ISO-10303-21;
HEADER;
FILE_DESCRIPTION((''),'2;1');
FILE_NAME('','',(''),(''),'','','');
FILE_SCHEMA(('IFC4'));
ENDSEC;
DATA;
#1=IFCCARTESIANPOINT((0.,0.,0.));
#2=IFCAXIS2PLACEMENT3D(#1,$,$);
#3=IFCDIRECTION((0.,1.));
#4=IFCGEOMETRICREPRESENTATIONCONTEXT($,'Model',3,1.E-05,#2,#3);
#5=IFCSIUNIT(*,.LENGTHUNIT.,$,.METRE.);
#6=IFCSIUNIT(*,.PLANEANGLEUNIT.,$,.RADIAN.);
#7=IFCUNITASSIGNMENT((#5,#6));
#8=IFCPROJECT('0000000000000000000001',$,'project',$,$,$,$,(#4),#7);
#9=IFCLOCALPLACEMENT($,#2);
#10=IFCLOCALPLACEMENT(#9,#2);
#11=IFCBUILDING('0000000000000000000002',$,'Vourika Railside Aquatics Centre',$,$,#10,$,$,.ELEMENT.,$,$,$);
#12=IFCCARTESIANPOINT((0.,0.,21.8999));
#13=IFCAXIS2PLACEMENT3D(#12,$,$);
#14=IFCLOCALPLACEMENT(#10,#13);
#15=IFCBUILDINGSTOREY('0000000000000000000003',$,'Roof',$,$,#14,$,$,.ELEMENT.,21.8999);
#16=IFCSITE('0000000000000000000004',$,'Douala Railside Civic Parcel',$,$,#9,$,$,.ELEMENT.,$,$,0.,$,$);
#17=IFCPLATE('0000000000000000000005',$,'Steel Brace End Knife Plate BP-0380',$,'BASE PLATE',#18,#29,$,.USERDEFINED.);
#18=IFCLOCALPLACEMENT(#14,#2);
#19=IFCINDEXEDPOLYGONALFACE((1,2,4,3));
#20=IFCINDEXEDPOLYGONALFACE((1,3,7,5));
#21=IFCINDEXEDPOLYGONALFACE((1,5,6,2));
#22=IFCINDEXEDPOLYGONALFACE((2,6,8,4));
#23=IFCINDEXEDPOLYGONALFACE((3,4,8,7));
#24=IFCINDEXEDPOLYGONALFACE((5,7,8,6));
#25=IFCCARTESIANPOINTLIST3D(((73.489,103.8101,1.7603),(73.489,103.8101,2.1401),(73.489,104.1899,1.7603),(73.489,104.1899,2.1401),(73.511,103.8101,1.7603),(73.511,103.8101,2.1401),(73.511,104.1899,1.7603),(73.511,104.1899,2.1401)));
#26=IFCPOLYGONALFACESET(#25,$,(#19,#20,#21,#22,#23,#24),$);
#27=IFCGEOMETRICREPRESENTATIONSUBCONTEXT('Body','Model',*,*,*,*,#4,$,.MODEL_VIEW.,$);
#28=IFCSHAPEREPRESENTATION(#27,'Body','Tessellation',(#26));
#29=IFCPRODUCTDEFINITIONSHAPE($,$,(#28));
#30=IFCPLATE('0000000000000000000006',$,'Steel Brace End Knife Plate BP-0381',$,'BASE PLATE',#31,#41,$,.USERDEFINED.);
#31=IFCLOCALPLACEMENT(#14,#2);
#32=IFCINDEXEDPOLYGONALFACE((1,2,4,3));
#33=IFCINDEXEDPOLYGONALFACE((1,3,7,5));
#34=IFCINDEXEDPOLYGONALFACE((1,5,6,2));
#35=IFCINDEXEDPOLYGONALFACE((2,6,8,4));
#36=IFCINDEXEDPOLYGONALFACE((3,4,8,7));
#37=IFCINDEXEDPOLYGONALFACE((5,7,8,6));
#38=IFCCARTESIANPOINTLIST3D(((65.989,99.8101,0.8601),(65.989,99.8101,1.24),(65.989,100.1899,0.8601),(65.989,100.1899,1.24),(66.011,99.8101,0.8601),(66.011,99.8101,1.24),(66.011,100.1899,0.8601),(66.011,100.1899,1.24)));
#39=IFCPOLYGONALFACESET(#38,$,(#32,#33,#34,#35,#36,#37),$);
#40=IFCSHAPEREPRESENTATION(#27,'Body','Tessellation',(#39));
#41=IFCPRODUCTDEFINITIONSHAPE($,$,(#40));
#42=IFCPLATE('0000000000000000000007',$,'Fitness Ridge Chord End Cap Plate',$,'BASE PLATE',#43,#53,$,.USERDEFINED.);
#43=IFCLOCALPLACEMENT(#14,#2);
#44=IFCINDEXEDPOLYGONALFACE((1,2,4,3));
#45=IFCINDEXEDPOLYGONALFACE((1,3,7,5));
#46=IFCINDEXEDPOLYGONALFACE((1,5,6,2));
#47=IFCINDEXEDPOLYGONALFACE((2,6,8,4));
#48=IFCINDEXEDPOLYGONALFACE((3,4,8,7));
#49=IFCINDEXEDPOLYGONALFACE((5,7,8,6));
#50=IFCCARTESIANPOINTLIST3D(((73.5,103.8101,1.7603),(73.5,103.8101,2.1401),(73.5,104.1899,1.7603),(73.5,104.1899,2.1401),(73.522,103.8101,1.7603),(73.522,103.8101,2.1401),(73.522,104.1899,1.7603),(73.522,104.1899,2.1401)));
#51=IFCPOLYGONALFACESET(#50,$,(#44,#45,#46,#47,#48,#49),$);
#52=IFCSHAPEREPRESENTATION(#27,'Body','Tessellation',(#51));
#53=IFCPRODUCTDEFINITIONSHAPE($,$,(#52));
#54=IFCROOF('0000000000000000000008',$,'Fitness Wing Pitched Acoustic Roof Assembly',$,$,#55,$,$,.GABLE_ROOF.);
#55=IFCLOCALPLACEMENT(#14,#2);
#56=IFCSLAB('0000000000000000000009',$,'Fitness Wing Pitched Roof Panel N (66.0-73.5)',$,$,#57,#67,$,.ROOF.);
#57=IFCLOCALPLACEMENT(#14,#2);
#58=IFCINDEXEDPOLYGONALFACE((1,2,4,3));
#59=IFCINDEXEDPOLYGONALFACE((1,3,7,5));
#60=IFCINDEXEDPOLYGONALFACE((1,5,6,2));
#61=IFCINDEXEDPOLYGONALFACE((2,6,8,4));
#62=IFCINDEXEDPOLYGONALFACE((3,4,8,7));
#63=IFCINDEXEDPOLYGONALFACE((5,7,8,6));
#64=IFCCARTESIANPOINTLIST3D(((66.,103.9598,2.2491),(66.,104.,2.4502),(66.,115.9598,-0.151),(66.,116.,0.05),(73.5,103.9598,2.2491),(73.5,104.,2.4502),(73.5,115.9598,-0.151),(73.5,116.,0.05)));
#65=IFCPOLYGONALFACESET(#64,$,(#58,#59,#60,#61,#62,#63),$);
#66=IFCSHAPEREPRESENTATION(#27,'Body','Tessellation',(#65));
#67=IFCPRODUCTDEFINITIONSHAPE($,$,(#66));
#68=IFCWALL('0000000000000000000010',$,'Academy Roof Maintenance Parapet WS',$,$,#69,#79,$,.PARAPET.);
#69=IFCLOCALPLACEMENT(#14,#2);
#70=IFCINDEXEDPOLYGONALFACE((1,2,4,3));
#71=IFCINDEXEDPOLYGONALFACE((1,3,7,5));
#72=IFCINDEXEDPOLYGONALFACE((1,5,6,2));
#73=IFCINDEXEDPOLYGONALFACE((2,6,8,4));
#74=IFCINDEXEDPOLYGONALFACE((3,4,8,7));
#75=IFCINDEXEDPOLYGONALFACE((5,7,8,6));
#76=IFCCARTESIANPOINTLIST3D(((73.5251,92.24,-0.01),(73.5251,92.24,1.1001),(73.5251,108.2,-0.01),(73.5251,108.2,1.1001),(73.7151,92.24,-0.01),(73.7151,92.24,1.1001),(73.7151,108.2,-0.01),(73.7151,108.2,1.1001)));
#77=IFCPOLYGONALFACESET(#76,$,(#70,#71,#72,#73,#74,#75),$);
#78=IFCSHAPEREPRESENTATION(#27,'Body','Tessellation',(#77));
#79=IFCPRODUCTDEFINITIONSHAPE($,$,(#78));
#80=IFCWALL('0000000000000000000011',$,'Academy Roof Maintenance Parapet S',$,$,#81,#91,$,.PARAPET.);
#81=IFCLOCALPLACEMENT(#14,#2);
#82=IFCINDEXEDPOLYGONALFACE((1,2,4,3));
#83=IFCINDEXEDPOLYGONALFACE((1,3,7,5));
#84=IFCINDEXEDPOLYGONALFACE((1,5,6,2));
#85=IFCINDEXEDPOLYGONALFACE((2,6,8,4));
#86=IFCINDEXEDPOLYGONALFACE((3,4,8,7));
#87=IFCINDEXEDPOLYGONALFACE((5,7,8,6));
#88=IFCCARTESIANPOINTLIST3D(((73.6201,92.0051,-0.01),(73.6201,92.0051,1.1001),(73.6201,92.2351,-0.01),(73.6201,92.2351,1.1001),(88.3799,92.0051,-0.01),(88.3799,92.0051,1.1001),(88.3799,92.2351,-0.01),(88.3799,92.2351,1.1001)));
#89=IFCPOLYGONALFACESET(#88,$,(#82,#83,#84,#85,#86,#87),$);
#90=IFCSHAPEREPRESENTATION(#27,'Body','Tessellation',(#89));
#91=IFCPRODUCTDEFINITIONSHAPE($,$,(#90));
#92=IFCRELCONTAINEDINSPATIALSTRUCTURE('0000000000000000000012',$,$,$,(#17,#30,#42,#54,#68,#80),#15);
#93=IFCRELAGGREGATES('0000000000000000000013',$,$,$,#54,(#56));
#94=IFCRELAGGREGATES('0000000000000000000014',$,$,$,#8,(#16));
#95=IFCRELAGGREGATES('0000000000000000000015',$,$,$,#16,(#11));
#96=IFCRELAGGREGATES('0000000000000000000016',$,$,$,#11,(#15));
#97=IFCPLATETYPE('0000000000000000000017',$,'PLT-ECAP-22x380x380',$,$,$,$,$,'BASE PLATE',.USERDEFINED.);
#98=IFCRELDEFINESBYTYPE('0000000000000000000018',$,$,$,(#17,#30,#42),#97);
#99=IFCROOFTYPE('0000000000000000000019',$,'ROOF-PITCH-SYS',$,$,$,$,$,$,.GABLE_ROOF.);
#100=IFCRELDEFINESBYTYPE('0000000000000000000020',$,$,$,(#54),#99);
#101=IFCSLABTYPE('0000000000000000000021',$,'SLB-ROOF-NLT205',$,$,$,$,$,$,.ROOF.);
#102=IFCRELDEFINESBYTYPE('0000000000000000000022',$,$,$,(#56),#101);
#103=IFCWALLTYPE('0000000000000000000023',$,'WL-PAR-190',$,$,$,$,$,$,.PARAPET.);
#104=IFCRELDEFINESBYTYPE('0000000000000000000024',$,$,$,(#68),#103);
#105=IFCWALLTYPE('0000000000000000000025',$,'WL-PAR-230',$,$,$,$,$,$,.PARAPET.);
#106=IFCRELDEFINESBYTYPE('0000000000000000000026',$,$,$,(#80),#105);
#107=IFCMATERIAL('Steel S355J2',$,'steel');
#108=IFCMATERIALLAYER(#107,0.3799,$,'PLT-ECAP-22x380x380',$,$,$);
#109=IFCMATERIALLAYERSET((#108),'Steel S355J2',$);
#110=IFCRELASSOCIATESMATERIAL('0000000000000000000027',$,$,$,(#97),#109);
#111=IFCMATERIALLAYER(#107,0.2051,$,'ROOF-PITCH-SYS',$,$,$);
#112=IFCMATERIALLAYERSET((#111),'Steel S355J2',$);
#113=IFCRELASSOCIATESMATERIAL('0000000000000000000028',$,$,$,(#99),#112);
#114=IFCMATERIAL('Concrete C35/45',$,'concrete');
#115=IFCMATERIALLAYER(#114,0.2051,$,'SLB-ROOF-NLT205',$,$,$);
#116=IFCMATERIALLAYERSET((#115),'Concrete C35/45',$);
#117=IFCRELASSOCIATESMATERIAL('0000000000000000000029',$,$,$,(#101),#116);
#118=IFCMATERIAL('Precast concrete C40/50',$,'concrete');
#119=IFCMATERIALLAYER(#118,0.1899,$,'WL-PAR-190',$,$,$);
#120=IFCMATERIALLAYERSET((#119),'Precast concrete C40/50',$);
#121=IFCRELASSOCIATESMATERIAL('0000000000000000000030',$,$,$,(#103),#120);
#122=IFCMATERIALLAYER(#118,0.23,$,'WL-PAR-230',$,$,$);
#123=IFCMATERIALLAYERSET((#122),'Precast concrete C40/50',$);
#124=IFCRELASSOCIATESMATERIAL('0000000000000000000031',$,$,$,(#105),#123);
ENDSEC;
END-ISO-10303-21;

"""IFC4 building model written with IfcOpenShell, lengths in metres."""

from ifc_helpers import new_model, si_unit, direction, frame, frame_2d, origin, origin_2d, place, context, subcontext, project, spatial, polyline, rectangle, outline, extrude, material, layer, layer_set, type_object, element, aggregate, save


model = new_model("IFC4")

# Units and contexts
model_context = context("Model", 3, precision=1e-05, world=origin(), true_north=direction((0.0, 1.0)))
body_context = subcontext(model_context, "Body", "Model", "MODEL_VIEW")
ifc_project = project(units=[si_unit("LENGTHUNIT", "METRE"), si_unit("PLANEANGLEUNIT", "RADIAN")], contexts=[model_context])

# Site, building, storey
site_placement = place(None, origin())
site = spatial("IfcSite", under=ifc_project, at=site_placement, Name="Douala Railside Civic Parcel", CompositionType="ELEMENT", RefElevation=0.0)
building_placement = place(site_placement, origin())
building = spatial("IfcBuilding", under=site, at=building_placement, Name="Vourika Railside Aquatics Centre", CompositionType="ELEMENT")
storey_placement = place(building_placement, frame((0.0, 0.0, 21.8999)))
storey = spatial("IfcBuildingStorey", under=building, at=storey_placement, Name="Roof", CompositionType="ELEMENT", Elevation=21.8999)

# Shared definitions
ifc_material_1 = material(Name="Steel S355J2", Category="steel")

# Plates
ifc_layer_1 = layer(ifc_material_1, 0.3799, Name="PLT-ECAP-22x380x380")
ifc_layer_set_1 = layer_set([ifc_layer_1], Name="Steel S355J2")
plate_type = type_object("IfcPlateType", Name="PLT-ECAP-22x380x380", ElementType="BASE PLATE", PredefinedType="USERDEFINED", material=ifc_layer_set_1)
for number, where, z_axis, x_axis, name in (
    (1, (73.5, 104.0, 1.7603), (0.0, 0.0, 1.0), (1.0, 0.0, 0.0), "Steel Brace End Knife Plate BP-0380"),
    (2, (66.0, 100.0, 0.8601), (0.0, 0.0, 1.0), (1.0, 0.0, 0.0), "Steel Brace End Knife Plate BP-0381"),
    (3, (73.511, 104.0, 1.7603), (0.0, 0.0, 1.0), (1.0, 0.0, 0.0), "Fitness Ridge Chord End Cap Plate"),
):
    element("IfcPlate", number, at=place(storey_placement, frame(where, z_axis=z_axis, x_axis=x_axis)), inside=storey, type_object=plate_type, Name=name, ObjectType="BASE PLATE", PredefinedType="USERDEFINED", context=body_context, shape_type="SweptSolid", body=[
        extrude(rectangle(XDim=0.022, YDim=0.3799, at=origin_2d()), origin(), (0.0, 0.0, 1.0), 0.3799),
    ])

# Roof, slab
ifc_layer_2 = layer(ifc_material_1, 0.2051, Name="ROOF-PITCH-SYS")
ifc_layer_set_2 = layer_set([ifc_layer_2], Name="Steel S355J2")
roof_type = type_object("IfcRoofType", Name="ROOF-PITCH-SYS", PredefinedType="GABLE_ROOF", material=ifc_layer_set_2)
roof_placement = place(storey_placement, origin())
roof = element("IfcRoof", 4, at=roof_placement, inside=storey, type_object=roof_type, Name="Fitness Wing Pitched Acoustic Roof Assembly", PredefinedType="GABLE_ROOF")
ifc_material_2 = material(Name="Concrete C35/45", Category="concrete")
ifc_layer_3 = layer(ifc_material_2, 0.2051, Name="SLB-ROOF-NLT205")
ifc_layer_set_3 = layer_set([ifc_layer_3], Name="Concrete C35/45")
slab_type = type_object("IfcSlabType", Name="SLB-ROOF-NLT205", PredefinedType="ROOF", material=ifc_layer_set_3)
slab_placement = place(storey_placement, frame((66.0, 104.0, 2.4502), z_axis=(0.0, 0.196128, 0.980578), x_axis=(1.0, 0.0, 0.0)))
slab = element("IfcSlab", 5, at=slab_placement, type_object=slab_type, Name="Fitness Wing Pitched Roof Panel N (66.0-73.5)", PredefinedType="ROOF", context=body_context, shape_type="SweptSolid", body=[
    extrude(outline(polyline([(0.0, 0.0), (7.5, 0.0), (7.5, 12.2377), (0.0, 12.2377), (0.0, 0.0)])), origin(), (0.0, 0.0, -1.0), 0.2051),
])
aggregate(roof, [slab])

# Walls
ifc_material_3 = material(Name="Precast concrete C40/50", Category="concrete")
ifc_layer_4 = layer(ifc_material_3, 0.1899, Name="WL-PAR-190")
ifc_layer_set_4 = layer_set([ifc_layer_4], Name="Precast concrete C40/50")
wall_type_1 = type_object("IfcWallType", Name="WL-PAR-190", PredefinedType="PARAPET", material=ifc_layer_set_4)
wall_1_placement = place(storey_placement, frame((73.6201, 92.24, -0.01), z_axis=(0.0, 0.0, 1.0), x_axis=(0.0, 1.0, 0.0)))
element("IfcWall", 6, at=wall_1_placement, inside=storey, type_object=wall_type_1, Name="Academy Roof Maintenance Parapet WS", PredefinedType="PARAPET", context=body_context, shape_type="SweptSolid", body=[
    extrude(rectangle(XDim=15.96, YDim=0.1899, at=frame_2d((7.98, 0.0))), origin(), (0.0, 0.0, 1.0), 1.1101),
])
ifc_layer_5 = layer(ifc_material_3, 0.23, Name="WL-PAR-230")
ifc_layer_set_5 = layer_set([ifc_layer_5], Name="Precast concrete C40/50")
wall_type_2 = type_object("IfcWallType", Name="WL-PAR-230", PredefinedType="PARAPET", material=ifc_layer_set_5)
wall_2_placement = place(storey_placement, frame((73.6201, 92.1201, -0.01), z_axis=(0.0, 0.0, 1.0), x_axis=(1.0, 0.0, 0.0)))
element("IfcWall", 7, at=wall_2_placement, inside=storey, type_object=wall_type_2, Name="Academy Roof Maintenance Parapet S", PredefinedType="PARAPET", context=body_context, shape_type="SweptSolid", body=[
    extrude(rectangle(XDim=14.7598, YDim=0.23, at=frame_2d((7.3799, 0.0))), origin(), (0.0, 0.0, 1.0), 1.1101),
])

save(model, "model.ifc")
